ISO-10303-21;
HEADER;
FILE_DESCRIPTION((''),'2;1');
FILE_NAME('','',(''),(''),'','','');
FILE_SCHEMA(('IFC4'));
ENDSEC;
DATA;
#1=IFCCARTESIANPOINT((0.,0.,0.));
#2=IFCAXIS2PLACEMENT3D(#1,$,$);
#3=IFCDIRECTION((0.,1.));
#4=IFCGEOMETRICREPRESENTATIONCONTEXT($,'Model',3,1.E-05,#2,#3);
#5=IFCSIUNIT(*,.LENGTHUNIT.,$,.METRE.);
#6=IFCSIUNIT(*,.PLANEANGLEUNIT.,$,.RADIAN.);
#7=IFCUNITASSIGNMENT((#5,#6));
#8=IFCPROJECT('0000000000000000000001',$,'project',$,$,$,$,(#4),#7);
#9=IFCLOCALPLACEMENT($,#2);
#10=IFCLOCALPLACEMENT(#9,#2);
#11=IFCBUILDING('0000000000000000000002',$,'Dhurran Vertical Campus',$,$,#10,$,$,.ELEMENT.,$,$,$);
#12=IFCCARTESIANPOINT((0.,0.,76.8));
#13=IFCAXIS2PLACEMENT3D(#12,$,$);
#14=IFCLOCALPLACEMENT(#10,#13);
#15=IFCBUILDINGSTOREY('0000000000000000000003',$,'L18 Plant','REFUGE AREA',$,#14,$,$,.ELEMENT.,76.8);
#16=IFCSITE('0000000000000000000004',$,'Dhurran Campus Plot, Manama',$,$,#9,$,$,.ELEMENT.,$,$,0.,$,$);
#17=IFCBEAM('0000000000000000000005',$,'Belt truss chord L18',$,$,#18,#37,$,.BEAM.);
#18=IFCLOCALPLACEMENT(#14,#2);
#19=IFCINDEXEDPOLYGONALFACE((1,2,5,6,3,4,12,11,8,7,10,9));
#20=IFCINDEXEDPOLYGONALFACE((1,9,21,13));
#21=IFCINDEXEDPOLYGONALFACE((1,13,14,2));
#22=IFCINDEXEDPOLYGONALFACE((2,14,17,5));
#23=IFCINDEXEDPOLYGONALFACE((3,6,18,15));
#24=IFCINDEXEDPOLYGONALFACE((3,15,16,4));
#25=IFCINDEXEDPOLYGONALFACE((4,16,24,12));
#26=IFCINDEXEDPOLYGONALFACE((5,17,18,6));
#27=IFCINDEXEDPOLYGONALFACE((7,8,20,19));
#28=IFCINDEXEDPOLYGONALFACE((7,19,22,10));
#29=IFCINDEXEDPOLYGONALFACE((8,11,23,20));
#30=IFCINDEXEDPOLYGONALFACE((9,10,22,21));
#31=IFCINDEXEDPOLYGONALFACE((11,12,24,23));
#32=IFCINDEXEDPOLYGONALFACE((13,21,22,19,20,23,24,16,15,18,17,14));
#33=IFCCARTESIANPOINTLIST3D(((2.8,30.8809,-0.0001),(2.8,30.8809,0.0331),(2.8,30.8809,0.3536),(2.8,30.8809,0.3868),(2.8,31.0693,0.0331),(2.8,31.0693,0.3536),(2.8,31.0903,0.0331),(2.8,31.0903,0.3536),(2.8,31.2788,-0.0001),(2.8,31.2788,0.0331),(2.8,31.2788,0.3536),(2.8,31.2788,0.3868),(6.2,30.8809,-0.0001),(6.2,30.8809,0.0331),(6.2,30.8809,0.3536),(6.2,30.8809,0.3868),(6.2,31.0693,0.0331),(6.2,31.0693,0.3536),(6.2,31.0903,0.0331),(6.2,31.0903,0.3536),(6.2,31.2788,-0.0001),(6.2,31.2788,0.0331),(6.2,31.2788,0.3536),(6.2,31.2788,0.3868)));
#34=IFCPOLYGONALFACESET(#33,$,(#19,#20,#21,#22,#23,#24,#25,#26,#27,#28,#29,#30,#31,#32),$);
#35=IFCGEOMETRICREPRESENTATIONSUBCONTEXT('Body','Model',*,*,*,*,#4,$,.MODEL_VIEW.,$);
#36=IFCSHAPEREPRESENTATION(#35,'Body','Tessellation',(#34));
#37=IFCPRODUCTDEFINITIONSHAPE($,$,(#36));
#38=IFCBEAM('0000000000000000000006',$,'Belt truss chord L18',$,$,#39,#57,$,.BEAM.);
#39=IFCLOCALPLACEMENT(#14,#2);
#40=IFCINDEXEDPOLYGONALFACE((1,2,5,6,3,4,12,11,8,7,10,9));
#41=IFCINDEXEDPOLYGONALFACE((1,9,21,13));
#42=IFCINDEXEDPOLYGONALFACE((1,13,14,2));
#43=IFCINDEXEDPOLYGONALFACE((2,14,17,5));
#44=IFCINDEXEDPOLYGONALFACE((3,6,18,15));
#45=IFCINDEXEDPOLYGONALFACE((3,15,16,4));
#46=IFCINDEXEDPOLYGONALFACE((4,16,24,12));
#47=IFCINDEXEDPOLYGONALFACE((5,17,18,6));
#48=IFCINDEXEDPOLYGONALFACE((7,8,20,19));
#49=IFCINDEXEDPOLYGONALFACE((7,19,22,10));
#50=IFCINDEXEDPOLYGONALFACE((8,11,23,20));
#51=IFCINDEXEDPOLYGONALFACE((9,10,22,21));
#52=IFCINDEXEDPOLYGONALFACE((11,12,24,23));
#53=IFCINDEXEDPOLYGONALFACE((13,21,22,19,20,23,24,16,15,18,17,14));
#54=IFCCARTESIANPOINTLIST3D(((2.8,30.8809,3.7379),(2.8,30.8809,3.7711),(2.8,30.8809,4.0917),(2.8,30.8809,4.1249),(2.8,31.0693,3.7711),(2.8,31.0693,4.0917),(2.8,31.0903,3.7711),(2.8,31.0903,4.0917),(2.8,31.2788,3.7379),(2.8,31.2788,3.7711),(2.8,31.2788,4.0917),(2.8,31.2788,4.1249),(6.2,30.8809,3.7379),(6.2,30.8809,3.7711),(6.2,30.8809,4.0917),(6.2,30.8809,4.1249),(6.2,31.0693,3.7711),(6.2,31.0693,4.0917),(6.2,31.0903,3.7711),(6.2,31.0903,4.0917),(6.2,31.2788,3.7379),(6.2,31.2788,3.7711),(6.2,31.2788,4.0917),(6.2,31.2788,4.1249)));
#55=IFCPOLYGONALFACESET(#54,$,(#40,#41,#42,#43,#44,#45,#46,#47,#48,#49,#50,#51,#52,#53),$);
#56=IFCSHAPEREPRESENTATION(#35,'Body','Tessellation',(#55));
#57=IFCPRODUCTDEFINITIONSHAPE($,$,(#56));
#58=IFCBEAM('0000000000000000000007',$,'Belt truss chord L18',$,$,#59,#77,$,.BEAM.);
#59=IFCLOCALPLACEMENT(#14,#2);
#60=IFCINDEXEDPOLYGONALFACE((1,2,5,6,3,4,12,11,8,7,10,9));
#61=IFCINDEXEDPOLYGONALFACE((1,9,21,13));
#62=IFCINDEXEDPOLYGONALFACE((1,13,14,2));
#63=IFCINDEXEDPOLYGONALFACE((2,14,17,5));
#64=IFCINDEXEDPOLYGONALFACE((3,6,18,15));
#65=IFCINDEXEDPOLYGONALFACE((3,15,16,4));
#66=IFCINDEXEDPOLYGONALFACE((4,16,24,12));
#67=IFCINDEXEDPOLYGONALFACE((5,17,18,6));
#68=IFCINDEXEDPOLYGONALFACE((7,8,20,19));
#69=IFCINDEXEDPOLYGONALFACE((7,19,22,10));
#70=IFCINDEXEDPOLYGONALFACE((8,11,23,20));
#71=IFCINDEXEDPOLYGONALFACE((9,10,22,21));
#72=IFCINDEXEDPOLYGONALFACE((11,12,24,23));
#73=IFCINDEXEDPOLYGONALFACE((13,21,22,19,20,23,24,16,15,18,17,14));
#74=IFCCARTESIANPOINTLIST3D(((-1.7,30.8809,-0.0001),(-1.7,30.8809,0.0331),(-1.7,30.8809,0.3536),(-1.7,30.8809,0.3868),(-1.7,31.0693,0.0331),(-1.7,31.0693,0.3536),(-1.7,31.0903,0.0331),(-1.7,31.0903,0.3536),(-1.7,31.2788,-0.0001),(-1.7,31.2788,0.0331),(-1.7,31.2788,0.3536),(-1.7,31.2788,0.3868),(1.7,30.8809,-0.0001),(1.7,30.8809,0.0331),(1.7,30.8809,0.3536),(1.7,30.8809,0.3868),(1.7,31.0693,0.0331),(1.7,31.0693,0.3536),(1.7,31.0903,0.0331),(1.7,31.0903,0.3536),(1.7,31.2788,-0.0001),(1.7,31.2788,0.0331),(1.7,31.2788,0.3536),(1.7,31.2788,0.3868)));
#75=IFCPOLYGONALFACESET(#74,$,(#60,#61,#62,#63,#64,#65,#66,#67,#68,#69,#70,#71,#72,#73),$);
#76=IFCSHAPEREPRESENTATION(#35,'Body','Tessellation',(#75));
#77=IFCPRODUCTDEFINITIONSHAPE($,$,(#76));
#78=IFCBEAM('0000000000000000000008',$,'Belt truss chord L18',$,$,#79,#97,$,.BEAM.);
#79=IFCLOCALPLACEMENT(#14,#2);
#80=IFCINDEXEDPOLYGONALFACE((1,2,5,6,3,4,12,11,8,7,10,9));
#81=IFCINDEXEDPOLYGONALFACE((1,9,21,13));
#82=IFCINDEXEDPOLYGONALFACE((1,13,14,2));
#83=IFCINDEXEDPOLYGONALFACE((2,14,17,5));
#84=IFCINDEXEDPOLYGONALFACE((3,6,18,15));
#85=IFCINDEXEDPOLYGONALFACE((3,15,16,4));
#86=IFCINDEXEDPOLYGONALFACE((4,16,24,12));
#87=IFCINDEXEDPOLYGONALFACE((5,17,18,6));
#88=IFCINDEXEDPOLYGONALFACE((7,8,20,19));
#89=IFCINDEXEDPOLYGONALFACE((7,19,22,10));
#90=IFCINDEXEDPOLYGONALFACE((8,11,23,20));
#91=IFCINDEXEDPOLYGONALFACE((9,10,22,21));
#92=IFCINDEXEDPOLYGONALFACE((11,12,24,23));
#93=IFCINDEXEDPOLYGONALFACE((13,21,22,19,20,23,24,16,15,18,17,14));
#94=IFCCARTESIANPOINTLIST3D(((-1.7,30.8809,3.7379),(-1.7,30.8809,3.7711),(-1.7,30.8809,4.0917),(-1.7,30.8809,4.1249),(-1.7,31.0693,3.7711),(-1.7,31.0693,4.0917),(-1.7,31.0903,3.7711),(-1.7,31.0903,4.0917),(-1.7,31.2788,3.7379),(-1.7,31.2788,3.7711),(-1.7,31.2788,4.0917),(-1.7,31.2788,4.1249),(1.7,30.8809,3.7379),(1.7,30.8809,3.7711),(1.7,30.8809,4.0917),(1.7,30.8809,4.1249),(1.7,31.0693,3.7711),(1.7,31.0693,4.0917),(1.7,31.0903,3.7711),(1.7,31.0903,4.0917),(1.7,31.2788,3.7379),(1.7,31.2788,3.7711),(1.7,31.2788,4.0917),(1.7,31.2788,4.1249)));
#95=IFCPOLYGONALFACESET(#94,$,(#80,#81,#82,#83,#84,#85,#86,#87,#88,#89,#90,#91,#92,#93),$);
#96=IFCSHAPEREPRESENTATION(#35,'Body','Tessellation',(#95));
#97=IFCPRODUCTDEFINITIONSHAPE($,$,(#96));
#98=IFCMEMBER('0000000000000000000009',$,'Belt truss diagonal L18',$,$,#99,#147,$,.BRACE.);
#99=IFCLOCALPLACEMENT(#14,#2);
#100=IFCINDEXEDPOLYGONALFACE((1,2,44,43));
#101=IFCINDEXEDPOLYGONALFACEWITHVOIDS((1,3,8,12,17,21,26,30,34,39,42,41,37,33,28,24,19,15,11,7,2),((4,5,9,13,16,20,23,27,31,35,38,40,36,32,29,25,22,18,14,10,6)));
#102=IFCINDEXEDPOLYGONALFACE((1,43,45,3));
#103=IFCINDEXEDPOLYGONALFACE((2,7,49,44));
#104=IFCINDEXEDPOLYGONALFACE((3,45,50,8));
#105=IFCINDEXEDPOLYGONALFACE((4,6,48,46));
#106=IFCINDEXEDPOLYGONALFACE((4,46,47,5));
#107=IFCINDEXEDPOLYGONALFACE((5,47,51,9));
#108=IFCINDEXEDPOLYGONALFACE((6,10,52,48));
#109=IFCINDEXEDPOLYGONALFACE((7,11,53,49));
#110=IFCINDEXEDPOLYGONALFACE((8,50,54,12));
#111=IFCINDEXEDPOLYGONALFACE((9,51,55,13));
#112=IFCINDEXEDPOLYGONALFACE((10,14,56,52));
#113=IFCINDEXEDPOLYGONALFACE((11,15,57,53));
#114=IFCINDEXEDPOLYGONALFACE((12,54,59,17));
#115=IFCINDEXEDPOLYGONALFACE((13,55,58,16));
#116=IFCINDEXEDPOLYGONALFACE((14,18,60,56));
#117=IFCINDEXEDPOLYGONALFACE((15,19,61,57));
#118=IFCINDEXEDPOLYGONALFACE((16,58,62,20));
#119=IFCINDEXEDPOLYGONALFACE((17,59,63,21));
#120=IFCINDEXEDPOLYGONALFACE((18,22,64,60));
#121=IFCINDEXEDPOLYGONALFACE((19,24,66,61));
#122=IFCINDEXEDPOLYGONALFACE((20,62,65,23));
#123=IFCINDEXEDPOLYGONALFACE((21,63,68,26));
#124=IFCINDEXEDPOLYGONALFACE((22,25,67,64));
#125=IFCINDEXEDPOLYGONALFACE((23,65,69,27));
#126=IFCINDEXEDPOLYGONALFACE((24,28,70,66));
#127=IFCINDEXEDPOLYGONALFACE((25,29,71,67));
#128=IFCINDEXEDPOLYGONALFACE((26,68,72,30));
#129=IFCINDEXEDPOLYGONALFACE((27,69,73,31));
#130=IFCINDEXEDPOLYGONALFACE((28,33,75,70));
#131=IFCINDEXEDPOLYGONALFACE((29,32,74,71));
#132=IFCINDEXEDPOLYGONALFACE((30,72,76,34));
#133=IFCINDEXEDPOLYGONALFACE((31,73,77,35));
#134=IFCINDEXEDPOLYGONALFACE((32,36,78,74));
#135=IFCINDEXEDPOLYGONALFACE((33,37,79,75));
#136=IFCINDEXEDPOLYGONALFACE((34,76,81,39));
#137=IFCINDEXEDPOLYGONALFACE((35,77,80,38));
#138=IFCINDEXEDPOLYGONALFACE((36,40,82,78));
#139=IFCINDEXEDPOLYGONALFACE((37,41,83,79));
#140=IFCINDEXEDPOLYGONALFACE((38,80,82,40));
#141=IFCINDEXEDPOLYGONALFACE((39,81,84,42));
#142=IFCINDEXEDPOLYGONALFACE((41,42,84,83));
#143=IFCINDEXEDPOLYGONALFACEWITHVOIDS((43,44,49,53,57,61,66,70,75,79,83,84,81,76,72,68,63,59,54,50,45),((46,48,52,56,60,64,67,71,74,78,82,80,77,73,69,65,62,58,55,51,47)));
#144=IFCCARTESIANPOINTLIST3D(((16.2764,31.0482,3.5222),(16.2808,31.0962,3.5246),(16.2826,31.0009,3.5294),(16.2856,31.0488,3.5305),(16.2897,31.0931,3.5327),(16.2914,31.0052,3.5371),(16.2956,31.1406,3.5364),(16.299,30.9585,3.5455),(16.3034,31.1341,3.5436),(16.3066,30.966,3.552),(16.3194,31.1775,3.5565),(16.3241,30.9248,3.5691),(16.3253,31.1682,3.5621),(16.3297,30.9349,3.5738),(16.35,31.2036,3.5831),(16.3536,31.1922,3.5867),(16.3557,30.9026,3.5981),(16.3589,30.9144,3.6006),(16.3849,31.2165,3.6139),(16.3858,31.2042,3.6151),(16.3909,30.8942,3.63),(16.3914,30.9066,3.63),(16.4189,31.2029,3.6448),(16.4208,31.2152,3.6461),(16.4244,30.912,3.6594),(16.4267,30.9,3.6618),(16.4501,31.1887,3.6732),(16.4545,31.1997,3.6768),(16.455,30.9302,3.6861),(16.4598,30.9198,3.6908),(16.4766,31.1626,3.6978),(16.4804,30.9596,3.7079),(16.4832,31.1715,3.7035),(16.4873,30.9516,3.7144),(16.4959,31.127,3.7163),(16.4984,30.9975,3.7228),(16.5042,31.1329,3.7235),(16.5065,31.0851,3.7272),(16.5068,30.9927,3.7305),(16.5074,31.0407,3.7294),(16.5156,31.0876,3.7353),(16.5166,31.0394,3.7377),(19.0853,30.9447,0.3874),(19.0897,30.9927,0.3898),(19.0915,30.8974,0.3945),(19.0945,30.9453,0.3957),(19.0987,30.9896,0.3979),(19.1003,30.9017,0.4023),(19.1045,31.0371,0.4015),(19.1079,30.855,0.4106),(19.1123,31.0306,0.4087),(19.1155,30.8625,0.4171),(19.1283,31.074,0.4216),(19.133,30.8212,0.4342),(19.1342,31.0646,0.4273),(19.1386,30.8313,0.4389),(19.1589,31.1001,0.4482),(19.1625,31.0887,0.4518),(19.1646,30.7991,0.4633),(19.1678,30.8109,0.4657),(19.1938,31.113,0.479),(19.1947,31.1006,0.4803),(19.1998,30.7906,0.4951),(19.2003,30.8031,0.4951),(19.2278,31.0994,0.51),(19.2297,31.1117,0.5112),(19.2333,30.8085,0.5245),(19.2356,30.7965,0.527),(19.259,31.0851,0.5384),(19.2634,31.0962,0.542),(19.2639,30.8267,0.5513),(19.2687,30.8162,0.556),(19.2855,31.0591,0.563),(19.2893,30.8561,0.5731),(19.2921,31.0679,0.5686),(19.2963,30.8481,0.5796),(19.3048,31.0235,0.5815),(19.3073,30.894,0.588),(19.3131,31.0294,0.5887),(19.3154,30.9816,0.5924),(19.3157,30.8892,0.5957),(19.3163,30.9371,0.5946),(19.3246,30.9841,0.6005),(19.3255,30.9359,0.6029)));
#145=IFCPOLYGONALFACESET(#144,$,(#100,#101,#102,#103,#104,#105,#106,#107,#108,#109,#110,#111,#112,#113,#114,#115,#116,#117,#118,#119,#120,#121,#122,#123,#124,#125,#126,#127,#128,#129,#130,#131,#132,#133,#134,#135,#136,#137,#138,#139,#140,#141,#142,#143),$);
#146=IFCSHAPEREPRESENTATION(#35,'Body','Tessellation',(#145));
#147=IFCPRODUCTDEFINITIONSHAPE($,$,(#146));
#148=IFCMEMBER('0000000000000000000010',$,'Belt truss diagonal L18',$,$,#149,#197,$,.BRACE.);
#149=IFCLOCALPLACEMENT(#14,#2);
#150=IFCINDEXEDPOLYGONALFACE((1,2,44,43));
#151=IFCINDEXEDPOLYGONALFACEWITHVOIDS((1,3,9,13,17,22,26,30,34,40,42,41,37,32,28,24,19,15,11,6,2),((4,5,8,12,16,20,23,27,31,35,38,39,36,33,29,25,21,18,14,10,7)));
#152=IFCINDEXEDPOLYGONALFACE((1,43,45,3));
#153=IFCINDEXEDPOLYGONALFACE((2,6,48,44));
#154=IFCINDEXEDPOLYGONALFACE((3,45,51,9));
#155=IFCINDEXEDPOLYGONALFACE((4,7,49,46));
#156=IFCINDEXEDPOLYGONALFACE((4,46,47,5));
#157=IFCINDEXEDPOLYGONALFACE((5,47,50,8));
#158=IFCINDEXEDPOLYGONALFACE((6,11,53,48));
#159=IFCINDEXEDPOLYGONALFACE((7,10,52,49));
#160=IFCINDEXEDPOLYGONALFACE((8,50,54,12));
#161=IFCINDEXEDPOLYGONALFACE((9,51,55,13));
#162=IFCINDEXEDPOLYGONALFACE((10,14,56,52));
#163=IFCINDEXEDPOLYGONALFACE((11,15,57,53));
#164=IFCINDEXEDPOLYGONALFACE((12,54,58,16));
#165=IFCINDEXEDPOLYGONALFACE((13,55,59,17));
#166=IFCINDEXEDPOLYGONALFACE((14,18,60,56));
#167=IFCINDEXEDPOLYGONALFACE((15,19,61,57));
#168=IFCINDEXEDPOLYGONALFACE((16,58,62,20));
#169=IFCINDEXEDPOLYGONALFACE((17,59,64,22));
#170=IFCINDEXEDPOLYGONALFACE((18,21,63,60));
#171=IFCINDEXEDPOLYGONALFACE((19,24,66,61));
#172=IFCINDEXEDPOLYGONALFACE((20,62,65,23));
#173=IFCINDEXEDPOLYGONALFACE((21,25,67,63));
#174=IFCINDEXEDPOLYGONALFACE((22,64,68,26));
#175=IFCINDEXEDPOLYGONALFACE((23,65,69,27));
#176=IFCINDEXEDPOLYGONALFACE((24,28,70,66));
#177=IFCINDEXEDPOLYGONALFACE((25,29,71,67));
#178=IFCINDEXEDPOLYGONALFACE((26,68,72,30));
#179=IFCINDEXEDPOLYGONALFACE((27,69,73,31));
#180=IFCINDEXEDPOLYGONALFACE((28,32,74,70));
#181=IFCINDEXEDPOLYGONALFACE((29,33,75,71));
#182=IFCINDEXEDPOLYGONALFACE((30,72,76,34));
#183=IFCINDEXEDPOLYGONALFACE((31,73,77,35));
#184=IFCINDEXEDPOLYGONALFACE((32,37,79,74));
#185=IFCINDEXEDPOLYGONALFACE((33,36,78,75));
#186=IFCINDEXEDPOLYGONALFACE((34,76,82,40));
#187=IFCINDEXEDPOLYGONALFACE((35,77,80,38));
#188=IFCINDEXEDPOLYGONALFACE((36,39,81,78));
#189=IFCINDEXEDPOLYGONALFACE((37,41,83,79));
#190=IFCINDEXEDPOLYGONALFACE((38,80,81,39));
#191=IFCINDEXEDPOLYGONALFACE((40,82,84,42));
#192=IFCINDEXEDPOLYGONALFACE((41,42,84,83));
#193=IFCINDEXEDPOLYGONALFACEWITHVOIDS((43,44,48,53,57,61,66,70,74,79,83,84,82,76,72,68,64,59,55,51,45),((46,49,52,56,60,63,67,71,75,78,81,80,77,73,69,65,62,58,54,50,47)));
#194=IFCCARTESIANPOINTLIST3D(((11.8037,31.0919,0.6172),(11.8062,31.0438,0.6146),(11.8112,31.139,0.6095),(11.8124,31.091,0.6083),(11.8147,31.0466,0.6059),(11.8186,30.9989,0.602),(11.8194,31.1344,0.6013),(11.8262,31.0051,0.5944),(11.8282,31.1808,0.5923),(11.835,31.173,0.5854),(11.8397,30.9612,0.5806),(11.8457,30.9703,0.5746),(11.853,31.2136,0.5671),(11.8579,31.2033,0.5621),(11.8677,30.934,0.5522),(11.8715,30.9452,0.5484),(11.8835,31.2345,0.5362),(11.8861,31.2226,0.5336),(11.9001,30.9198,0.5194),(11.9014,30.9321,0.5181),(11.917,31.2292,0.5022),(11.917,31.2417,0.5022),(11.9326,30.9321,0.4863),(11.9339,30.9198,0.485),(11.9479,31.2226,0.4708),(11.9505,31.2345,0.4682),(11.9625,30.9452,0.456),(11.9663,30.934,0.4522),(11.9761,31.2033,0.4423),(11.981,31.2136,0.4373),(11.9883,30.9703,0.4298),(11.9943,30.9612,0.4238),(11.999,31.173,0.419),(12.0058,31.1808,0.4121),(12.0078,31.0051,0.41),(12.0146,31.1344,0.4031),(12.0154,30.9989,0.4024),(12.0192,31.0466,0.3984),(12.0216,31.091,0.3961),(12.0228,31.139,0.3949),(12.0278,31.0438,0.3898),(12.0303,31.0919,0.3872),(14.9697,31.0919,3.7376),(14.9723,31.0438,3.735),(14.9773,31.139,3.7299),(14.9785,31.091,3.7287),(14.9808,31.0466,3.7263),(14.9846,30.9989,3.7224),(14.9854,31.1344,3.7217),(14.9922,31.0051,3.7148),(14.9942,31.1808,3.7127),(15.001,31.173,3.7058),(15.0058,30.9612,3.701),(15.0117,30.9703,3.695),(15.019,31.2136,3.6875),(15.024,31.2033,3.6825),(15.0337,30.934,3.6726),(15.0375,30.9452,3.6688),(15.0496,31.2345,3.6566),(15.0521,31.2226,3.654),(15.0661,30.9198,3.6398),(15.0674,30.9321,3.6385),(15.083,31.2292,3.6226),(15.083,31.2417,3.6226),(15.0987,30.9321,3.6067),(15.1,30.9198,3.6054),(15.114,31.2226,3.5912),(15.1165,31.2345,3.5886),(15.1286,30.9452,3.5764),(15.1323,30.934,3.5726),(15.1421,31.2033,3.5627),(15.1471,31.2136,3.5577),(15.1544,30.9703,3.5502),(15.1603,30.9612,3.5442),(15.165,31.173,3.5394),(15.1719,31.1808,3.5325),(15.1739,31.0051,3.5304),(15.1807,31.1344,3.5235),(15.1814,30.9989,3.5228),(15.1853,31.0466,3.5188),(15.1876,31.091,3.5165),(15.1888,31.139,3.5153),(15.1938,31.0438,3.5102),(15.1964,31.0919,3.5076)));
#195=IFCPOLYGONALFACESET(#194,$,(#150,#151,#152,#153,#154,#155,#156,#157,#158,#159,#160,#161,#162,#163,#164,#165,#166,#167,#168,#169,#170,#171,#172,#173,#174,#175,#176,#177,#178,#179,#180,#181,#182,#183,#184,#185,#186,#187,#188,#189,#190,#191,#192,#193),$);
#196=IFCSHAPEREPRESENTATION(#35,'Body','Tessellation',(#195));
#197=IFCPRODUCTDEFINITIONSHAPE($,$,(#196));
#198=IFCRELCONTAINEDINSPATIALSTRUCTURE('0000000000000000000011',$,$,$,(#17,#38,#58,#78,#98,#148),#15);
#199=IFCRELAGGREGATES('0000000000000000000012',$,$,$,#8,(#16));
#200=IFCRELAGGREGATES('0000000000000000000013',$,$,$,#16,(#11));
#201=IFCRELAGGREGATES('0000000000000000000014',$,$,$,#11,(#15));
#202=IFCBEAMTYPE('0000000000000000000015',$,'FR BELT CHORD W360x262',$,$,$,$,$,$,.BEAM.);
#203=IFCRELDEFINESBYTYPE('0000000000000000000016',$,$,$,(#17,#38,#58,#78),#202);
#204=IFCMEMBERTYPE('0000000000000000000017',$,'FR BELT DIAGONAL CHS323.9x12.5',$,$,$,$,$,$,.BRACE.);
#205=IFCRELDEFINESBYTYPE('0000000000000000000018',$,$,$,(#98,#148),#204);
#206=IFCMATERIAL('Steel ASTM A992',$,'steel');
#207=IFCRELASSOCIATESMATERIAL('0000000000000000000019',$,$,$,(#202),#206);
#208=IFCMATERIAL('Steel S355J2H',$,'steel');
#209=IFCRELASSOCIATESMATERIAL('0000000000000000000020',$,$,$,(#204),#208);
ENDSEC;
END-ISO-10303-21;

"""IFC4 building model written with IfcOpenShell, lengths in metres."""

from ifc_helpers import new_model, si_unit, direction, frame, origin, origin_2d, place, context, subcontext, project, spatial, hollow_circle, i_section, extrude, material, material_profile, profile_set, type_object, element, save


model = new_model("IFC4")

# Units and contexts
model_context = context("Model", 3, precision=1e-05, world=origin(), true_north=direction((0.0, 1.0)))
body_context = subcontext(model_context, "Body", "Model", "MODEL_VIEW")
ifc_project = project(units=[si_unit("LENGTHUNIT", "METRE"), si_unit("PLANEANGLEUNIT", "RADIAN")], contexts=[model_context])

# Site, building, storey
site_placement = place(None, origin())
site = spatial("IfcSite", under=ifc_project, at=site_placement, Name="Dhurran Campus Plot, Manama", CompositionType="ELEMENT", RefElevation=0.0)
building_placement = place(site_placement, origin())
building = spatial("IfcBuilding", under=site, at=building_placement, Name="Dhurran Vertical Campus", CompositionType="ELEMENT")
storey_placement = place(building_placement, frame((0.0, 0.0, 76.8)))
storey = spatial("IfcBuildingStorey", under=building, at=storey_placement, Name="L18 Plant", Description="REFUGE AREA", CompositionType="ELEMENT", Elevation=76.8)

# Beams
ifc_material_1 = material(Name="Steel ASTM A992", Category="steel")
ifc_material_profile_1 = material_profile(ifc_material_1, i_section(OverallWidth=0.3979, OverallDepth=0.387, WebThickness=0.021, FlangeThickness=0.0332, at=origin_2d()), Name="W360x262")
ifc_profile_set_1 = profile_set([ifc_material_profile_1], Name="Steel ASTM A992")
beam_type = type_object("IfcBeamType", Name="FR BELT CHORD W360x262", PredefinedType="BEAM", material=ifc_profile_set_1)
for number, where, z_axis, x_axis, name in (
    (1, (6.2, 31.0798, 0.1934), (-1.0, 0.0, 0.0), (0.0, -1.0, 0.0), "Belt truss chord L18"),
    (2, (6.2, 31.0798, 3.9314), (-1.0, 0.0, 0.0), (0.0, -1.0, 0.0), "Belt truss chord L18"),
    (3, (1.7, 31.0798, 0.1934), (-1.0, 0.0, 0.0), (0.0, -1.0, 0.0), "Belt truss chord L18"),
    (4, (1.7, 31.0798, 3.9314), (-1.0, 0.0, 0.0), (0.0, -1.0, 0.0), "Belt truss chord L18"),
):
    element("IfcBeam", number, at=place(storey_placement, frame(where, z_axis=z_axis, x_axis=x_axis)), inside=storey, type_object=beam_type, Name=name, PredefinedType="BEAM", context=body_context, shape_type="SweptSolid", body=[
        extrude(i_section(OverallWidth=0.3979, OverallDepth=0.387, WebThickness=0.021, FlangeThickness=0.0332, at=origin_2d()), origin(), (0.0, 0.0, 1.0), 3.3999),
    ])

# Members
ifc_material_2 = material(Name="Steel S355J2H", Category="steel")
ifc_material_profile_2 = material_profile(ifc_material_2, hollow_circle(Radius=0.1619, WallThickness=0.0125, at=origin_2d()), Name="CHS323.9x12.5")
ifc_profile_set_2 = profile_set([ifc_material_profile_2], Name="Steel S355J2H")
member_type = type_object("IfcMemberType", Name="FR BELT DIAGONAL CHS323.9x12.5", PredefinedType="BRACE", material=ifc_profile_set_2)
member_placement = place(storey_placement, frame((19.2058, 30.9524, 0.4951), z_axis=(-0.667127, 0.024586, 0.744538), x_axis=(-0.036829, -0.999322, 0.0)))
element("IfcMember", 5, at=member_placement, inside=storey, type_object=member_type, Name="Belt truss diagonal L18", PredefinedType="BRACE", context=body_context, shape_type="SweptSolid", body=[
    extrude(hollow_circle(Radius=0.1619, WallThickness=0.0125, at=origin_2d()), origin(), (0.0, 0.0, 1.0), 4.2104),
])
for number, where, z_axis, x_axis, name in (
    (6, (11.917, 31.0798, 0.5022), (0.712223, 0.0, 0.701953), (0.0, 1.0, 0.0), "Belt truss diagonal L18"),
):
    element("IfcMember", number, at=place(storey_placement, frame(where, z_axis=z_axis, x_axis=x_axis)), inside=storey, type_object=member_type, Name=name, PredefinedType="BRACE", context=body_context, shape_type="SweptSolid", body=[
        extrude(hollow_circle(Radius=0.1619, WallThickness=0.0125, at=origin_2d()), origin(), (0.0, 0.0, 1.0), 4.4453),
    ])

save(model, "model.ifc")
